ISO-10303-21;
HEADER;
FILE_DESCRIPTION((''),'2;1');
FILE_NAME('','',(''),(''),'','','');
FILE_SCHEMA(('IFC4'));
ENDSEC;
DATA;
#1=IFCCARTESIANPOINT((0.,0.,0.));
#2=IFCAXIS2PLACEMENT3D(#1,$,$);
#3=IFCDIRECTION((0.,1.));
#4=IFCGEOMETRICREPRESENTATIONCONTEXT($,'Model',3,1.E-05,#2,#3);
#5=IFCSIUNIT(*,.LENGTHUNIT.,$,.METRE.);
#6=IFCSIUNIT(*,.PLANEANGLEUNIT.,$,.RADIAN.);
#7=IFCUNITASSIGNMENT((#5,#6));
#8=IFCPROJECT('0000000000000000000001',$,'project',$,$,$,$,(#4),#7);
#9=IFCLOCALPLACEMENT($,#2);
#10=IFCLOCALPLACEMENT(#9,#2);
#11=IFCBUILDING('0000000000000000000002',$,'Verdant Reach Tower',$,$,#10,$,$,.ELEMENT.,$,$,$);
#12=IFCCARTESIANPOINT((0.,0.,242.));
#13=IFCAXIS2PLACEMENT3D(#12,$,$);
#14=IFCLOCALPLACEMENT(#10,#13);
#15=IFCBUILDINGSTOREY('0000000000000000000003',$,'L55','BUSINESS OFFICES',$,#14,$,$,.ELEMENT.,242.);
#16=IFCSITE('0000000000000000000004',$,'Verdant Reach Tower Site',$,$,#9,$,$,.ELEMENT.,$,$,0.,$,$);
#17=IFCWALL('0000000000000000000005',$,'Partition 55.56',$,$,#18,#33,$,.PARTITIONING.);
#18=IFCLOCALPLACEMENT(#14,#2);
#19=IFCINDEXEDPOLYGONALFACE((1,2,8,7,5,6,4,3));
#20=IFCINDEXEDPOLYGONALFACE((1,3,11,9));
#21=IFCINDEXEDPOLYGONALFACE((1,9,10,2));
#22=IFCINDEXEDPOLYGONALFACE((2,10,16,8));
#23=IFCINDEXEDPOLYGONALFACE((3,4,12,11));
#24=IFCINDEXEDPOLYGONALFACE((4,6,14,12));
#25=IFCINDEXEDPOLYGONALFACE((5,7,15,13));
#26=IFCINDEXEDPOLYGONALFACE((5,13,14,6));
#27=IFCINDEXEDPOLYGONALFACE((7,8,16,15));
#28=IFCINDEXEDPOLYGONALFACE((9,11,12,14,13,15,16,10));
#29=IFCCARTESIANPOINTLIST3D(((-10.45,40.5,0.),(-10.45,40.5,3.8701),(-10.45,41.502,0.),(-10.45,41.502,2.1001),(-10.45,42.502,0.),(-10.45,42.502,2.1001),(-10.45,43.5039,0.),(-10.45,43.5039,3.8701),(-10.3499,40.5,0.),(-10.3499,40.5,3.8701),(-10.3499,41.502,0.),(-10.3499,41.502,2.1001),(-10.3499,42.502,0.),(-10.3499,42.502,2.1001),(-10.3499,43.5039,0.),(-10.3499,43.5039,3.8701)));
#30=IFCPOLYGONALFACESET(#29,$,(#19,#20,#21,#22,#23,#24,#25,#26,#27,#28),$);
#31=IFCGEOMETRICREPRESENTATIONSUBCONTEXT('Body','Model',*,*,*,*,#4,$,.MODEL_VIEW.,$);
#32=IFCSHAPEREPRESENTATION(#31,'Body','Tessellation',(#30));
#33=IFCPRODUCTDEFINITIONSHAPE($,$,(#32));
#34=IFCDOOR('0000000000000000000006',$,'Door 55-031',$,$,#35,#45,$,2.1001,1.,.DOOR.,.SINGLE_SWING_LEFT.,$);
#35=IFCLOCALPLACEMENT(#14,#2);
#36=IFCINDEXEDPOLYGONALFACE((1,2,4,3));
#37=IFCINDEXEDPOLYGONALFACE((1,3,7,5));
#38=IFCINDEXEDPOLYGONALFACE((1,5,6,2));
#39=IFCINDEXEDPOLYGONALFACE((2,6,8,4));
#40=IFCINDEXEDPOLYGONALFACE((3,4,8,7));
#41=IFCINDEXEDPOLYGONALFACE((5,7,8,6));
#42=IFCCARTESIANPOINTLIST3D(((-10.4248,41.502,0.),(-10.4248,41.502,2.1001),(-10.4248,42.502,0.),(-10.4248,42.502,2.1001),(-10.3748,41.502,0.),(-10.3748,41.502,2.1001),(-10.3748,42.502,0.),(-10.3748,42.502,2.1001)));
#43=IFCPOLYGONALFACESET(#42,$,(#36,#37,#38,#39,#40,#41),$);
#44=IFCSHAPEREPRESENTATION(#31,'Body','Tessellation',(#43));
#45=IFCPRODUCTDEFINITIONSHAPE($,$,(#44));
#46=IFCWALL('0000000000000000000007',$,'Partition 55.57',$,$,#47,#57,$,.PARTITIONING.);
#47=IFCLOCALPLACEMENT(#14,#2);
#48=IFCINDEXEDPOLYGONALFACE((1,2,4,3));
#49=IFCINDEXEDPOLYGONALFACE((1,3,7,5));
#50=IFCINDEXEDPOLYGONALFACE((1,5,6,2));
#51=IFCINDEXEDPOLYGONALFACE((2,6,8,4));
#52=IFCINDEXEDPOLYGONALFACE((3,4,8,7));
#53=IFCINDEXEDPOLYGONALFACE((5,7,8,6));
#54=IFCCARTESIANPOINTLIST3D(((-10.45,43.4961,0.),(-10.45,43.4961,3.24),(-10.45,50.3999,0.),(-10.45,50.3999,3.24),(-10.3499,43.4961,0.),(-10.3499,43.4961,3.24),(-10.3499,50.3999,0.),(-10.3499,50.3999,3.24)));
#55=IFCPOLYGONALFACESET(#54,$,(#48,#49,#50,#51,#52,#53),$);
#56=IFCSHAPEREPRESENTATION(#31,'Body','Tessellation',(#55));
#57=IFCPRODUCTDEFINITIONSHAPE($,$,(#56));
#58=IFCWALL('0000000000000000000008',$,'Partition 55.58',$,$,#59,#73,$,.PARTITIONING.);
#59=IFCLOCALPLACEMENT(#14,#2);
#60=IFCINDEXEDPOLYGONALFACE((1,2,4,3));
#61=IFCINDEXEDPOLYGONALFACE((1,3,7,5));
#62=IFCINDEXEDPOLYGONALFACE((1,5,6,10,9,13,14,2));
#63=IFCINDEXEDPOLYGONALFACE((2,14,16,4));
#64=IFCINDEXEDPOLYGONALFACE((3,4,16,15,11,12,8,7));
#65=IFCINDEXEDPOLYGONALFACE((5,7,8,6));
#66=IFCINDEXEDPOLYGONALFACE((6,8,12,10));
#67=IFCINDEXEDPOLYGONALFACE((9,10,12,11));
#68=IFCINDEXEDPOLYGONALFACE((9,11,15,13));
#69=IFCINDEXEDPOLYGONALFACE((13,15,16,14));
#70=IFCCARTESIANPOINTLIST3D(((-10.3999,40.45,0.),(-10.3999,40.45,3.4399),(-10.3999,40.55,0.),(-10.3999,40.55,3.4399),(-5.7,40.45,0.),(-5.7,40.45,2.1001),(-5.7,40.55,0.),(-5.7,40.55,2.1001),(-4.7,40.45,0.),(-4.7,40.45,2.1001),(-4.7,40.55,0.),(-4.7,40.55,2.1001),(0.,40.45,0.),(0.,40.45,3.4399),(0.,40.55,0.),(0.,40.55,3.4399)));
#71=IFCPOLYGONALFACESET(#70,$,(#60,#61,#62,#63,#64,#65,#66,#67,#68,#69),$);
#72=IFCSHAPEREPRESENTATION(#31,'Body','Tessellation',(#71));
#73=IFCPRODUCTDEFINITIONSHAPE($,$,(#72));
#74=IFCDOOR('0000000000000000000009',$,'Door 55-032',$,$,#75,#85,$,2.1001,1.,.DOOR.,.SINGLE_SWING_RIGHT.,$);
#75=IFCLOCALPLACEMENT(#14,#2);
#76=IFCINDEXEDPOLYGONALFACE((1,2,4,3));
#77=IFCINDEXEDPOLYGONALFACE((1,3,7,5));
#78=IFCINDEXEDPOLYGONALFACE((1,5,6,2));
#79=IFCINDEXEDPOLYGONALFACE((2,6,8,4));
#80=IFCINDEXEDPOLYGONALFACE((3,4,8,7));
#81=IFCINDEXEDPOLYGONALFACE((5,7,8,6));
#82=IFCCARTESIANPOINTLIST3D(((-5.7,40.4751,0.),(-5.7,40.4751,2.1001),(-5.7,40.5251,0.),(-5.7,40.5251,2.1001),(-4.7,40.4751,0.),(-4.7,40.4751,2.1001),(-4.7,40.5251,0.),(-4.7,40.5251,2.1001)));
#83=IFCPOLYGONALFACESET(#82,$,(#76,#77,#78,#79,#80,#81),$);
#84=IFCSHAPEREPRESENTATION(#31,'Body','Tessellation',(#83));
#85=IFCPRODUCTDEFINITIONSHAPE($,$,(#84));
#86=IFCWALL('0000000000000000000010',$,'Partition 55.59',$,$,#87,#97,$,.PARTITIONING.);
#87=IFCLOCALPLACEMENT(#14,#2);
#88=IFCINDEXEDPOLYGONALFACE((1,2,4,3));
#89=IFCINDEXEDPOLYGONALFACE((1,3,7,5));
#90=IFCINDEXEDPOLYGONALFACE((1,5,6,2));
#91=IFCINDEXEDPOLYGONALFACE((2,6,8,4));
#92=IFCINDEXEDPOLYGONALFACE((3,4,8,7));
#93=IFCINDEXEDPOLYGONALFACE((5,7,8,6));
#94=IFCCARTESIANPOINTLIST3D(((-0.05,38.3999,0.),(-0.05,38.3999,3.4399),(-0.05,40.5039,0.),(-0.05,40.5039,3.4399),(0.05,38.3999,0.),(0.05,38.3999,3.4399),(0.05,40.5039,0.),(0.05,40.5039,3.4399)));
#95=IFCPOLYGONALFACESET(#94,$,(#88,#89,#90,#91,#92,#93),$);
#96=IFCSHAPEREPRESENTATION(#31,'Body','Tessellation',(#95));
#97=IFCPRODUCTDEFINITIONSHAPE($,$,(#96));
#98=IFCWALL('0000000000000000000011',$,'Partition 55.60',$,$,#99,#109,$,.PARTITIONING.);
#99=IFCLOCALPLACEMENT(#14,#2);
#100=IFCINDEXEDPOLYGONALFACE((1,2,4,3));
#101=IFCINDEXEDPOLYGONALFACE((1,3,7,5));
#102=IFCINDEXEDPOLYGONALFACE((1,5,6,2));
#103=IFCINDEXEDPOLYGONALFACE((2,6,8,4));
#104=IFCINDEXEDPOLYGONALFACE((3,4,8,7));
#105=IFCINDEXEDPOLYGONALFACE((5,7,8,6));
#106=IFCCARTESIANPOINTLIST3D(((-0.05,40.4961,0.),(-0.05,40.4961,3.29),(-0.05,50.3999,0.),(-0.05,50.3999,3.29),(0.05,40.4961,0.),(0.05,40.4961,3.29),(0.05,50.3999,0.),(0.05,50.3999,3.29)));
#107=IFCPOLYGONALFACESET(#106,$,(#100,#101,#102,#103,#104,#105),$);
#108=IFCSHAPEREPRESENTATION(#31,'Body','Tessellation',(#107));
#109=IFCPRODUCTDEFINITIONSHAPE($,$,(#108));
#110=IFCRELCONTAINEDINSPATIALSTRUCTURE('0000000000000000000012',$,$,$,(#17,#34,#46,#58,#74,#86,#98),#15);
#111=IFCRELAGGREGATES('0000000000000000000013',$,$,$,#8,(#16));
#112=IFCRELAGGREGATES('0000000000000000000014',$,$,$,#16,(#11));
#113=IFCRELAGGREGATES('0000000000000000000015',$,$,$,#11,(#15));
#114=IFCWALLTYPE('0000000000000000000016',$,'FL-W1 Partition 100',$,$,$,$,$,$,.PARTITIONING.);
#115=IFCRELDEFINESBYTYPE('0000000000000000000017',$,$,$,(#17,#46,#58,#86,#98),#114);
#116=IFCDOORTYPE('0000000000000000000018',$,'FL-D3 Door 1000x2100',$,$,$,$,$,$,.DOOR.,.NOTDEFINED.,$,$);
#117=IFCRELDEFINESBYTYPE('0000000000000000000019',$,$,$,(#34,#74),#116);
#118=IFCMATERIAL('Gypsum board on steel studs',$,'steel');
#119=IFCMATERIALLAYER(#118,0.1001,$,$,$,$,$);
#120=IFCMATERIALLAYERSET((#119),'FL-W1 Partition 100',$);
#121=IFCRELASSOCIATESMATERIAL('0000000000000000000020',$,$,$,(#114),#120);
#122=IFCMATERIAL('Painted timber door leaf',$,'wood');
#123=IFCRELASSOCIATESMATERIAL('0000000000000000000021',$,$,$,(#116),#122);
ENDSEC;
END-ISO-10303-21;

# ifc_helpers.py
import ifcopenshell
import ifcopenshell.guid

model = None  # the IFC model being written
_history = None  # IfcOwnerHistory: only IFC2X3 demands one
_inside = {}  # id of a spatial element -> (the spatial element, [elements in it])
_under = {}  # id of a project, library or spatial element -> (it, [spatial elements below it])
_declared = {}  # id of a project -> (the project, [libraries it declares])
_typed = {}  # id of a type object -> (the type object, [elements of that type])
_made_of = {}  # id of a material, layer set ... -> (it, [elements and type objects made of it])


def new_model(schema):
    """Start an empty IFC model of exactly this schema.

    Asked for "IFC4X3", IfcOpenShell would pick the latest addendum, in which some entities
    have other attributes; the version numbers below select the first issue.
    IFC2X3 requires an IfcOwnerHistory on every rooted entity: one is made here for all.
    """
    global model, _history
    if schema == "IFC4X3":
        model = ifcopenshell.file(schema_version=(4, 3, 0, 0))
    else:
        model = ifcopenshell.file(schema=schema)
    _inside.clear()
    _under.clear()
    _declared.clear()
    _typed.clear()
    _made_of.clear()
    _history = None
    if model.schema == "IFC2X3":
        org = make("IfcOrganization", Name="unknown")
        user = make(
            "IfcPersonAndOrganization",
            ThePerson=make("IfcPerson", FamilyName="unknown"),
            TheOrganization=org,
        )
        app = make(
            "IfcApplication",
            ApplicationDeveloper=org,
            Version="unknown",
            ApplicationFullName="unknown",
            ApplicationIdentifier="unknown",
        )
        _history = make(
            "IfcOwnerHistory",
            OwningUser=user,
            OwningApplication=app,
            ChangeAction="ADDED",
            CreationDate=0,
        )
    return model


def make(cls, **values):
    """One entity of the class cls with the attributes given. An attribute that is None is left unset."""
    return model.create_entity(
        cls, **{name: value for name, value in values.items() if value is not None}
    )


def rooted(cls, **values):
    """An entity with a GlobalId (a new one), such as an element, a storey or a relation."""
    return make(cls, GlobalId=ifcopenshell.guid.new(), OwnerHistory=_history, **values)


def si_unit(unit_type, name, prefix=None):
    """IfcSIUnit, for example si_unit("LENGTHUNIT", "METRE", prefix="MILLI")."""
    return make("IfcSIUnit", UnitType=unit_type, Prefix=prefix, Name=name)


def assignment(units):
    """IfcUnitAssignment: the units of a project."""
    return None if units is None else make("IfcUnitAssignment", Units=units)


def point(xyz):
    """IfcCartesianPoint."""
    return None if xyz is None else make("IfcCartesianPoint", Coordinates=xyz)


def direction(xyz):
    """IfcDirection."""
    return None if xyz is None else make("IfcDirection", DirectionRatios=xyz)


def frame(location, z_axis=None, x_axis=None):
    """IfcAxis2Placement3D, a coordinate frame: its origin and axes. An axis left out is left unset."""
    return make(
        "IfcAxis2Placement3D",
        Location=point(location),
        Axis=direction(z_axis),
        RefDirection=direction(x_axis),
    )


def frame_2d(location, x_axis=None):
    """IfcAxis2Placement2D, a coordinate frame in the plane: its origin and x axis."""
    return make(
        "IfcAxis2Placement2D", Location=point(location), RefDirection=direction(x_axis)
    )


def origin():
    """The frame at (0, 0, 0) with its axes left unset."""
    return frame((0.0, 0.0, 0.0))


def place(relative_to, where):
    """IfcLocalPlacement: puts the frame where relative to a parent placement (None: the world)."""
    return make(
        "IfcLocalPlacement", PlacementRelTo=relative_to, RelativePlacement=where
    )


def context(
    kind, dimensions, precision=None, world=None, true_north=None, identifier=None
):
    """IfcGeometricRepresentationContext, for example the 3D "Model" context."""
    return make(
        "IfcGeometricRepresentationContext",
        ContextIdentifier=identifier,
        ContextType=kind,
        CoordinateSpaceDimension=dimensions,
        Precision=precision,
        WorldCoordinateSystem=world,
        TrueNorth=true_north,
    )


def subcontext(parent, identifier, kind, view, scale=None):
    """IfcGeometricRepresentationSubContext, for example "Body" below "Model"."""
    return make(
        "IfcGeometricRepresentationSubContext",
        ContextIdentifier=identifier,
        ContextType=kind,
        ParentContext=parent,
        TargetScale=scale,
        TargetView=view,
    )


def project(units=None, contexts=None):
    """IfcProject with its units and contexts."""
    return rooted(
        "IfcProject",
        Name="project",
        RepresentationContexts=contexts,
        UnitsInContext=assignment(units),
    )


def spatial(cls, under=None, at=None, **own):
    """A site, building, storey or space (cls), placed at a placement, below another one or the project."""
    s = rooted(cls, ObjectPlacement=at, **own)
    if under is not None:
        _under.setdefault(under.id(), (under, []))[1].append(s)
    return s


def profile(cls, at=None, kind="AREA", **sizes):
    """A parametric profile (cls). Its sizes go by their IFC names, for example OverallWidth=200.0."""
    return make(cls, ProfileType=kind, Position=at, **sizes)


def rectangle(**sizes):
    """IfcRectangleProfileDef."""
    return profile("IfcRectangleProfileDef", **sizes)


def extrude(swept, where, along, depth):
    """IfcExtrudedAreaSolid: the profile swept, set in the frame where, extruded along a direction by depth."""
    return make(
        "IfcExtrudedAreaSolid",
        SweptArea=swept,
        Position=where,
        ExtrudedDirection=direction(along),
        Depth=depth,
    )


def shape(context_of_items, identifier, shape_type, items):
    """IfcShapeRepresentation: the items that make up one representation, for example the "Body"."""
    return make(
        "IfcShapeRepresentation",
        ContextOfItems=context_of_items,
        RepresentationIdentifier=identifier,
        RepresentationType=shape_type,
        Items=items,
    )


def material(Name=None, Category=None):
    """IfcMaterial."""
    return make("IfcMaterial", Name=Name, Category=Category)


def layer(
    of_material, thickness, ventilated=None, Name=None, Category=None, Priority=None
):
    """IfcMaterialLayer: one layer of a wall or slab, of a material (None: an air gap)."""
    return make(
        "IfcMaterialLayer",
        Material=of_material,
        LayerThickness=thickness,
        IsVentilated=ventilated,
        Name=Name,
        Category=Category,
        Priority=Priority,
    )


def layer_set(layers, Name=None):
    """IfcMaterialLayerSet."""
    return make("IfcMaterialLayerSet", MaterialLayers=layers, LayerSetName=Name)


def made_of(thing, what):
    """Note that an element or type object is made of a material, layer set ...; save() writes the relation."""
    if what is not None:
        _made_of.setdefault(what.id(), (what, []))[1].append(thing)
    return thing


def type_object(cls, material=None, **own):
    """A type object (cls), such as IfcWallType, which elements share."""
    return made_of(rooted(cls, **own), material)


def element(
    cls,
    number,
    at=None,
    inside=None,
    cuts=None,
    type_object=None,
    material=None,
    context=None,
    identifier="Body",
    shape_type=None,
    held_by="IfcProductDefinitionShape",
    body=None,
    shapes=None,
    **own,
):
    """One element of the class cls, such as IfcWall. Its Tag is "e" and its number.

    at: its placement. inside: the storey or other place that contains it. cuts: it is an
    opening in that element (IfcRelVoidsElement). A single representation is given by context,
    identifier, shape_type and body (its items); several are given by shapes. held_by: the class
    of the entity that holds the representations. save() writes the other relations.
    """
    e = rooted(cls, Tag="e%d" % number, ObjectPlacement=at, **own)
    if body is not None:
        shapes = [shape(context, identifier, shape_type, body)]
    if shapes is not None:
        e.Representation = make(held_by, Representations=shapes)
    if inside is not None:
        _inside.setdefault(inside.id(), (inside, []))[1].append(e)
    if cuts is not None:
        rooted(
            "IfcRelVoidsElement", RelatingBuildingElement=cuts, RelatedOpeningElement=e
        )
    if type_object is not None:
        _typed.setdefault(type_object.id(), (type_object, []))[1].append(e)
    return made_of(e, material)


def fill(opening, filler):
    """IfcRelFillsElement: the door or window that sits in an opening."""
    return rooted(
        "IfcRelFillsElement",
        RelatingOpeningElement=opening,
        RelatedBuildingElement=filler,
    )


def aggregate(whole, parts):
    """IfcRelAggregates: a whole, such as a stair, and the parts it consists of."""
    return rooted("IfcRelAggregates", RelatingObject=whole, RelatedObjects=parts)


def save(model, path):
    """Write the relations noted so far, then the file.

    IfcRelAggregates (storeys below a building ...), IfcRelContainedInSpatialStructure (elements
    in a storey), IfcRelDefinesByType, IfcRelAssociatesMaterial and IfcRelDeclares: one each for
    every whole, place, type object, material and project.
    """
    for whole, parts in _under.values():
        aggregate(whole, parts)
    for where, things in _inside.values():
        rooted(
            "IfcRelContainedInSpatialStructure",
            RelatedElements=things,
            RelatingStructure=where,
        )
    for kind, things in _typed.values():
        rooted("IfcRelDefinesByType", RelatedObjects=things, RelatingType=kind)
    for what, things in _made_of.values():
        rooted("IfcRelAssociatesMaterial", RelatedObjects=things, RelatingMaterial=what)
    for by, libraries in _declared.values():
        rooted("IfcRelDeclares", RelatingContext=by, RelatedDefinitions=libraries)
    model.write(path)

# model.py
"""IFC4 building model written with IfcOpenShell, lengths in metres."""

from ifc_helpers import new_model, si_unit, direction, frame, frame_2d, origin, place, context, subcontext, project, spatial, rectangle, extrude, material, layer, layer_set, type_object, element, fill, save


model = new_model("IFC4")

# Units and contexts
model_context = context("Model", 3, precision=1e-05, world=origin(), true_north=direction((0.0, 1.0)))
body_context = subcontext(model_context, "Body", "Model", "MODEL_VIEW")
ifc_project = project(units=[si_unit("LENGTHUNIT", "METRE"), si_unit("PLANEANGLEUNIT", "RADIAN")], contexts=[model_context])

# Site, building, storey
site_placement = place(None, origin())
site = spatial("IfcSite", under=ifc_project, at=site_placement, Name="Verdant Reach Tower Site", CompositionType="ELEMENT", RefElevation=0.0)
building_placement = place(site_placement, origin())
building = spatial("IfcBuilding", under=site, at=building_placement, Name="Verdant Reach Tower", CompositionType="ELEMENT")
storey_placement = place(building_placement, frame((0.0, 0.0, 242.0)))
storey = spatial("IfcBuildingStorey", under=building, at=storey_placement, Name="L55", Description="BUSINESS OFFICES", CompositionType="ELEMENT", Elevation=242.0)

# Shared definitions
ifc_material_1 = material(Name="Gypsum board on steel studs", Category="steel")
ifc_layer = layer(ifc_material_1, 0.1001)
ifc_layer_set = layer_set([ifc_layer], Name="FL-W1 Partition 100")
wall_type = type_object("IfcWallType", Name="FL-W1 Partition 100", PredefinedType="PARTITIONING", material=ifc_layer_set)

# Wall, opening, door
wall_1_placement = place(storey_placement, frame((-10.3999, 40.5, 0.0), z_axis=(0.0, 0.0, 1.0), x_axis=(0.0, 1.0, 0.0)))
wall_1 = element("IfcWall", 1, at=wall_1_placement, inside=storey, type_object=wall_type, Name="Partition 55.56", PredefinedType="PARTITIONING", context=body_context, shape_type="SweptSolid", body=[
    extrude(rectangle(XDim=3.0039, YDim=0.1001, at=frame_2d((1.502, 0.0))), origin(), (0.0, 0.0, 1.0), 3.8701),
])
opening_1_placement = place(wall_1_placement, frame((1.002, 0.0, 0.0)))
opening_1 = element("IfcOpeningElement", 2, at=opening_1_placement, cuts=wall_1, PredefinedType="OPENING", context=body_context, shape_type="SweptSolid", body=[
    extrude(rectangle(XDim=1.0, YDim=2.1001, at=frame_2d((0.5, 1.05))), frame((0.0, 0.0601, 0.0), z_axis=(0.0, -1.0, 0.0), x_axis=(1.0, 0.0, 0.0)), (0.0, 0.0, 1.0), 0.1201),
])
ifc_material_2 = material(Name="Painted timber door leaf", Category="wood")
door_type = type_object("IfcDoorType", Name="FL-D3 Door 1000x2100", OperationType="NOTDEFINED", PredefinedType="DOOR", material=ifc_material_2)
door_1_placement = place(opening_1_placement, origin())
door_1 = element("IfcDoor", 3, at=door_1_placement, inside=storey, type_object=door_type, Name="Door 55-031", OperationType="SINGLE_SWING_LEFT", OverallHeight=2.1001, OverallWidth=1.0, PredefinedType="DOOR", context=body_context, shape_type="SweptSolid", body=[
    extrude(rectangle(XDim=1.0, YDim=2.1001, at=frame_2d((0.5, 1.05))), frame((0.0, 0.0249, 0.0), z_axis=(0.0, -1.0, 0.0), x_axis=(1.0, 0.0, 0.0)), (0.0, 0.0, 1.0), 0.05),
])
fill(opening_1, door_1)

# Wall
wall_2_placement = place(storey_placement, frame((-10.3999, 43.4961, 0.0), z_axis=(0.0, 0.0, 1.0), x_axis=(0.0, 1.0, 0.0)))
element("IfcWall", 4, at=wall_2_placement, inside=storey, type_object=wall_type, Name="Partition 55.57", PredefinedType="PARTITIONING", context=body_context, shape_type="SweptSolid", body=[
    extrude(rectangle(XDim=6.9038, YDim=0.1001, at=frame_2d((3.4519, 0.0))), origin(), (0.0, 0.0, 1.0), 3.24),
])

# Wall, opening, door
wall_3_placement = place(storey_placement, frame((0.0, 40.5, 0.0), z_axis=(0.0, 0.0, 1.0), x_axis=(-1.0, 0.0, 0.0)))
wall_3 = element("IfcWall", 5, at=wall_3_placement, inside=storey, type_object=wall_type, Name="Partition 55.58", PredefinedType="PARTITIONING", context=body_context, shape_type="SweptSolid", body=[
    extrude(rectangle(XDim=10.3999, YDim=0.1001, at=frame_2d((5.2, 0.0))), origin(), (0.0, 0.0, 1.0), 3.4399),
])
opening_2_placement = place(wall_3_placement, frame((4.7, 0.0, 0.0)))
opening_2 = element("IfcOpeningElement", 6, at=opening_2_placement, cuts=wall_3, PredefinedType="OPENING", context=body_context, shape_type="SweptSolid", body=[
    extrude(rectangle(XDim=1.0, YDim=2.1001, at=frame_2d((0.5, 1.05))), frame((0.0, 0.0601, 0.0), z_axis=(0.0, -1.0, 0.0), x_axis=(1.0, 0.0, 0.0)), (0.0, 0.0, 1.0), 0.1201),
])
door_2_placement = place(opening_2_placement, origin())
door_2 = element("IfcDoor", 7, at=door_2_placement, inside=storey, type_object=door_type, Name="Door 55-032", OperationType="SINGLE_SWING_RIGHT", OverallHeight=2.1001, OverallWidth=1.0, PredefinedType="DOOR", context=body_context, shape_type="SweptSolid", body=[
    extrude(rectangle(XDim=1.0, YDim=2.1001, at=frame_2d((0.5, 1.05))), frame((0.0, 0.0249, 0.0), z_axis=(0.0, -1.0, 0.0), x_axis=(1.0, 0.0, 0.0)), (0.0, 0.0, 1.0), 0.05),
])
fill(opening_2, door_2)

# Walls
wall_4_placement = place(storey_placement, frame((0.0, 38.3999, 0.0), z_axis=(0.0, 0.0, 1.0), x_axis=(0.0, 1.0, 0.0)))
element("IfcWall", 8, at=wall_4_placement, inside=storey, type_object=wall_type, Name="Partition 55.59", PredefinedType="PARTITIONING", context=body_context, shape_type="SweptSolid", body=[
    extrude(rectangle(XDim=2.104, YDim=0.1001, at=frame_2d((1.052, 0.0))), origin(), (0.0, 0.0, 1.0), 3.4399),
])
wall_5_placement = place(storey_placement, frame((0.0, 40.4961, 0.0), z_axis=(0.0, 0.0, 1.0), x_axis=(0.0, 1.0, 0.0)))
element("IfcWall", 9, at=wall_5_placement, inside=storey, type_object=wall_type, Name="Partition 55.60", PredefinedType="PARTITIONING", context=body_context, shape_type="SweptSolid", body=[
    extrude(rectangle(XDim=9.9038, YDim=0.1001, at=frame_2d((4.9519, 0.0))), origin(), (0.0, 0.0, 1.0), 3.29),
])

save(model, "model.ifc")
